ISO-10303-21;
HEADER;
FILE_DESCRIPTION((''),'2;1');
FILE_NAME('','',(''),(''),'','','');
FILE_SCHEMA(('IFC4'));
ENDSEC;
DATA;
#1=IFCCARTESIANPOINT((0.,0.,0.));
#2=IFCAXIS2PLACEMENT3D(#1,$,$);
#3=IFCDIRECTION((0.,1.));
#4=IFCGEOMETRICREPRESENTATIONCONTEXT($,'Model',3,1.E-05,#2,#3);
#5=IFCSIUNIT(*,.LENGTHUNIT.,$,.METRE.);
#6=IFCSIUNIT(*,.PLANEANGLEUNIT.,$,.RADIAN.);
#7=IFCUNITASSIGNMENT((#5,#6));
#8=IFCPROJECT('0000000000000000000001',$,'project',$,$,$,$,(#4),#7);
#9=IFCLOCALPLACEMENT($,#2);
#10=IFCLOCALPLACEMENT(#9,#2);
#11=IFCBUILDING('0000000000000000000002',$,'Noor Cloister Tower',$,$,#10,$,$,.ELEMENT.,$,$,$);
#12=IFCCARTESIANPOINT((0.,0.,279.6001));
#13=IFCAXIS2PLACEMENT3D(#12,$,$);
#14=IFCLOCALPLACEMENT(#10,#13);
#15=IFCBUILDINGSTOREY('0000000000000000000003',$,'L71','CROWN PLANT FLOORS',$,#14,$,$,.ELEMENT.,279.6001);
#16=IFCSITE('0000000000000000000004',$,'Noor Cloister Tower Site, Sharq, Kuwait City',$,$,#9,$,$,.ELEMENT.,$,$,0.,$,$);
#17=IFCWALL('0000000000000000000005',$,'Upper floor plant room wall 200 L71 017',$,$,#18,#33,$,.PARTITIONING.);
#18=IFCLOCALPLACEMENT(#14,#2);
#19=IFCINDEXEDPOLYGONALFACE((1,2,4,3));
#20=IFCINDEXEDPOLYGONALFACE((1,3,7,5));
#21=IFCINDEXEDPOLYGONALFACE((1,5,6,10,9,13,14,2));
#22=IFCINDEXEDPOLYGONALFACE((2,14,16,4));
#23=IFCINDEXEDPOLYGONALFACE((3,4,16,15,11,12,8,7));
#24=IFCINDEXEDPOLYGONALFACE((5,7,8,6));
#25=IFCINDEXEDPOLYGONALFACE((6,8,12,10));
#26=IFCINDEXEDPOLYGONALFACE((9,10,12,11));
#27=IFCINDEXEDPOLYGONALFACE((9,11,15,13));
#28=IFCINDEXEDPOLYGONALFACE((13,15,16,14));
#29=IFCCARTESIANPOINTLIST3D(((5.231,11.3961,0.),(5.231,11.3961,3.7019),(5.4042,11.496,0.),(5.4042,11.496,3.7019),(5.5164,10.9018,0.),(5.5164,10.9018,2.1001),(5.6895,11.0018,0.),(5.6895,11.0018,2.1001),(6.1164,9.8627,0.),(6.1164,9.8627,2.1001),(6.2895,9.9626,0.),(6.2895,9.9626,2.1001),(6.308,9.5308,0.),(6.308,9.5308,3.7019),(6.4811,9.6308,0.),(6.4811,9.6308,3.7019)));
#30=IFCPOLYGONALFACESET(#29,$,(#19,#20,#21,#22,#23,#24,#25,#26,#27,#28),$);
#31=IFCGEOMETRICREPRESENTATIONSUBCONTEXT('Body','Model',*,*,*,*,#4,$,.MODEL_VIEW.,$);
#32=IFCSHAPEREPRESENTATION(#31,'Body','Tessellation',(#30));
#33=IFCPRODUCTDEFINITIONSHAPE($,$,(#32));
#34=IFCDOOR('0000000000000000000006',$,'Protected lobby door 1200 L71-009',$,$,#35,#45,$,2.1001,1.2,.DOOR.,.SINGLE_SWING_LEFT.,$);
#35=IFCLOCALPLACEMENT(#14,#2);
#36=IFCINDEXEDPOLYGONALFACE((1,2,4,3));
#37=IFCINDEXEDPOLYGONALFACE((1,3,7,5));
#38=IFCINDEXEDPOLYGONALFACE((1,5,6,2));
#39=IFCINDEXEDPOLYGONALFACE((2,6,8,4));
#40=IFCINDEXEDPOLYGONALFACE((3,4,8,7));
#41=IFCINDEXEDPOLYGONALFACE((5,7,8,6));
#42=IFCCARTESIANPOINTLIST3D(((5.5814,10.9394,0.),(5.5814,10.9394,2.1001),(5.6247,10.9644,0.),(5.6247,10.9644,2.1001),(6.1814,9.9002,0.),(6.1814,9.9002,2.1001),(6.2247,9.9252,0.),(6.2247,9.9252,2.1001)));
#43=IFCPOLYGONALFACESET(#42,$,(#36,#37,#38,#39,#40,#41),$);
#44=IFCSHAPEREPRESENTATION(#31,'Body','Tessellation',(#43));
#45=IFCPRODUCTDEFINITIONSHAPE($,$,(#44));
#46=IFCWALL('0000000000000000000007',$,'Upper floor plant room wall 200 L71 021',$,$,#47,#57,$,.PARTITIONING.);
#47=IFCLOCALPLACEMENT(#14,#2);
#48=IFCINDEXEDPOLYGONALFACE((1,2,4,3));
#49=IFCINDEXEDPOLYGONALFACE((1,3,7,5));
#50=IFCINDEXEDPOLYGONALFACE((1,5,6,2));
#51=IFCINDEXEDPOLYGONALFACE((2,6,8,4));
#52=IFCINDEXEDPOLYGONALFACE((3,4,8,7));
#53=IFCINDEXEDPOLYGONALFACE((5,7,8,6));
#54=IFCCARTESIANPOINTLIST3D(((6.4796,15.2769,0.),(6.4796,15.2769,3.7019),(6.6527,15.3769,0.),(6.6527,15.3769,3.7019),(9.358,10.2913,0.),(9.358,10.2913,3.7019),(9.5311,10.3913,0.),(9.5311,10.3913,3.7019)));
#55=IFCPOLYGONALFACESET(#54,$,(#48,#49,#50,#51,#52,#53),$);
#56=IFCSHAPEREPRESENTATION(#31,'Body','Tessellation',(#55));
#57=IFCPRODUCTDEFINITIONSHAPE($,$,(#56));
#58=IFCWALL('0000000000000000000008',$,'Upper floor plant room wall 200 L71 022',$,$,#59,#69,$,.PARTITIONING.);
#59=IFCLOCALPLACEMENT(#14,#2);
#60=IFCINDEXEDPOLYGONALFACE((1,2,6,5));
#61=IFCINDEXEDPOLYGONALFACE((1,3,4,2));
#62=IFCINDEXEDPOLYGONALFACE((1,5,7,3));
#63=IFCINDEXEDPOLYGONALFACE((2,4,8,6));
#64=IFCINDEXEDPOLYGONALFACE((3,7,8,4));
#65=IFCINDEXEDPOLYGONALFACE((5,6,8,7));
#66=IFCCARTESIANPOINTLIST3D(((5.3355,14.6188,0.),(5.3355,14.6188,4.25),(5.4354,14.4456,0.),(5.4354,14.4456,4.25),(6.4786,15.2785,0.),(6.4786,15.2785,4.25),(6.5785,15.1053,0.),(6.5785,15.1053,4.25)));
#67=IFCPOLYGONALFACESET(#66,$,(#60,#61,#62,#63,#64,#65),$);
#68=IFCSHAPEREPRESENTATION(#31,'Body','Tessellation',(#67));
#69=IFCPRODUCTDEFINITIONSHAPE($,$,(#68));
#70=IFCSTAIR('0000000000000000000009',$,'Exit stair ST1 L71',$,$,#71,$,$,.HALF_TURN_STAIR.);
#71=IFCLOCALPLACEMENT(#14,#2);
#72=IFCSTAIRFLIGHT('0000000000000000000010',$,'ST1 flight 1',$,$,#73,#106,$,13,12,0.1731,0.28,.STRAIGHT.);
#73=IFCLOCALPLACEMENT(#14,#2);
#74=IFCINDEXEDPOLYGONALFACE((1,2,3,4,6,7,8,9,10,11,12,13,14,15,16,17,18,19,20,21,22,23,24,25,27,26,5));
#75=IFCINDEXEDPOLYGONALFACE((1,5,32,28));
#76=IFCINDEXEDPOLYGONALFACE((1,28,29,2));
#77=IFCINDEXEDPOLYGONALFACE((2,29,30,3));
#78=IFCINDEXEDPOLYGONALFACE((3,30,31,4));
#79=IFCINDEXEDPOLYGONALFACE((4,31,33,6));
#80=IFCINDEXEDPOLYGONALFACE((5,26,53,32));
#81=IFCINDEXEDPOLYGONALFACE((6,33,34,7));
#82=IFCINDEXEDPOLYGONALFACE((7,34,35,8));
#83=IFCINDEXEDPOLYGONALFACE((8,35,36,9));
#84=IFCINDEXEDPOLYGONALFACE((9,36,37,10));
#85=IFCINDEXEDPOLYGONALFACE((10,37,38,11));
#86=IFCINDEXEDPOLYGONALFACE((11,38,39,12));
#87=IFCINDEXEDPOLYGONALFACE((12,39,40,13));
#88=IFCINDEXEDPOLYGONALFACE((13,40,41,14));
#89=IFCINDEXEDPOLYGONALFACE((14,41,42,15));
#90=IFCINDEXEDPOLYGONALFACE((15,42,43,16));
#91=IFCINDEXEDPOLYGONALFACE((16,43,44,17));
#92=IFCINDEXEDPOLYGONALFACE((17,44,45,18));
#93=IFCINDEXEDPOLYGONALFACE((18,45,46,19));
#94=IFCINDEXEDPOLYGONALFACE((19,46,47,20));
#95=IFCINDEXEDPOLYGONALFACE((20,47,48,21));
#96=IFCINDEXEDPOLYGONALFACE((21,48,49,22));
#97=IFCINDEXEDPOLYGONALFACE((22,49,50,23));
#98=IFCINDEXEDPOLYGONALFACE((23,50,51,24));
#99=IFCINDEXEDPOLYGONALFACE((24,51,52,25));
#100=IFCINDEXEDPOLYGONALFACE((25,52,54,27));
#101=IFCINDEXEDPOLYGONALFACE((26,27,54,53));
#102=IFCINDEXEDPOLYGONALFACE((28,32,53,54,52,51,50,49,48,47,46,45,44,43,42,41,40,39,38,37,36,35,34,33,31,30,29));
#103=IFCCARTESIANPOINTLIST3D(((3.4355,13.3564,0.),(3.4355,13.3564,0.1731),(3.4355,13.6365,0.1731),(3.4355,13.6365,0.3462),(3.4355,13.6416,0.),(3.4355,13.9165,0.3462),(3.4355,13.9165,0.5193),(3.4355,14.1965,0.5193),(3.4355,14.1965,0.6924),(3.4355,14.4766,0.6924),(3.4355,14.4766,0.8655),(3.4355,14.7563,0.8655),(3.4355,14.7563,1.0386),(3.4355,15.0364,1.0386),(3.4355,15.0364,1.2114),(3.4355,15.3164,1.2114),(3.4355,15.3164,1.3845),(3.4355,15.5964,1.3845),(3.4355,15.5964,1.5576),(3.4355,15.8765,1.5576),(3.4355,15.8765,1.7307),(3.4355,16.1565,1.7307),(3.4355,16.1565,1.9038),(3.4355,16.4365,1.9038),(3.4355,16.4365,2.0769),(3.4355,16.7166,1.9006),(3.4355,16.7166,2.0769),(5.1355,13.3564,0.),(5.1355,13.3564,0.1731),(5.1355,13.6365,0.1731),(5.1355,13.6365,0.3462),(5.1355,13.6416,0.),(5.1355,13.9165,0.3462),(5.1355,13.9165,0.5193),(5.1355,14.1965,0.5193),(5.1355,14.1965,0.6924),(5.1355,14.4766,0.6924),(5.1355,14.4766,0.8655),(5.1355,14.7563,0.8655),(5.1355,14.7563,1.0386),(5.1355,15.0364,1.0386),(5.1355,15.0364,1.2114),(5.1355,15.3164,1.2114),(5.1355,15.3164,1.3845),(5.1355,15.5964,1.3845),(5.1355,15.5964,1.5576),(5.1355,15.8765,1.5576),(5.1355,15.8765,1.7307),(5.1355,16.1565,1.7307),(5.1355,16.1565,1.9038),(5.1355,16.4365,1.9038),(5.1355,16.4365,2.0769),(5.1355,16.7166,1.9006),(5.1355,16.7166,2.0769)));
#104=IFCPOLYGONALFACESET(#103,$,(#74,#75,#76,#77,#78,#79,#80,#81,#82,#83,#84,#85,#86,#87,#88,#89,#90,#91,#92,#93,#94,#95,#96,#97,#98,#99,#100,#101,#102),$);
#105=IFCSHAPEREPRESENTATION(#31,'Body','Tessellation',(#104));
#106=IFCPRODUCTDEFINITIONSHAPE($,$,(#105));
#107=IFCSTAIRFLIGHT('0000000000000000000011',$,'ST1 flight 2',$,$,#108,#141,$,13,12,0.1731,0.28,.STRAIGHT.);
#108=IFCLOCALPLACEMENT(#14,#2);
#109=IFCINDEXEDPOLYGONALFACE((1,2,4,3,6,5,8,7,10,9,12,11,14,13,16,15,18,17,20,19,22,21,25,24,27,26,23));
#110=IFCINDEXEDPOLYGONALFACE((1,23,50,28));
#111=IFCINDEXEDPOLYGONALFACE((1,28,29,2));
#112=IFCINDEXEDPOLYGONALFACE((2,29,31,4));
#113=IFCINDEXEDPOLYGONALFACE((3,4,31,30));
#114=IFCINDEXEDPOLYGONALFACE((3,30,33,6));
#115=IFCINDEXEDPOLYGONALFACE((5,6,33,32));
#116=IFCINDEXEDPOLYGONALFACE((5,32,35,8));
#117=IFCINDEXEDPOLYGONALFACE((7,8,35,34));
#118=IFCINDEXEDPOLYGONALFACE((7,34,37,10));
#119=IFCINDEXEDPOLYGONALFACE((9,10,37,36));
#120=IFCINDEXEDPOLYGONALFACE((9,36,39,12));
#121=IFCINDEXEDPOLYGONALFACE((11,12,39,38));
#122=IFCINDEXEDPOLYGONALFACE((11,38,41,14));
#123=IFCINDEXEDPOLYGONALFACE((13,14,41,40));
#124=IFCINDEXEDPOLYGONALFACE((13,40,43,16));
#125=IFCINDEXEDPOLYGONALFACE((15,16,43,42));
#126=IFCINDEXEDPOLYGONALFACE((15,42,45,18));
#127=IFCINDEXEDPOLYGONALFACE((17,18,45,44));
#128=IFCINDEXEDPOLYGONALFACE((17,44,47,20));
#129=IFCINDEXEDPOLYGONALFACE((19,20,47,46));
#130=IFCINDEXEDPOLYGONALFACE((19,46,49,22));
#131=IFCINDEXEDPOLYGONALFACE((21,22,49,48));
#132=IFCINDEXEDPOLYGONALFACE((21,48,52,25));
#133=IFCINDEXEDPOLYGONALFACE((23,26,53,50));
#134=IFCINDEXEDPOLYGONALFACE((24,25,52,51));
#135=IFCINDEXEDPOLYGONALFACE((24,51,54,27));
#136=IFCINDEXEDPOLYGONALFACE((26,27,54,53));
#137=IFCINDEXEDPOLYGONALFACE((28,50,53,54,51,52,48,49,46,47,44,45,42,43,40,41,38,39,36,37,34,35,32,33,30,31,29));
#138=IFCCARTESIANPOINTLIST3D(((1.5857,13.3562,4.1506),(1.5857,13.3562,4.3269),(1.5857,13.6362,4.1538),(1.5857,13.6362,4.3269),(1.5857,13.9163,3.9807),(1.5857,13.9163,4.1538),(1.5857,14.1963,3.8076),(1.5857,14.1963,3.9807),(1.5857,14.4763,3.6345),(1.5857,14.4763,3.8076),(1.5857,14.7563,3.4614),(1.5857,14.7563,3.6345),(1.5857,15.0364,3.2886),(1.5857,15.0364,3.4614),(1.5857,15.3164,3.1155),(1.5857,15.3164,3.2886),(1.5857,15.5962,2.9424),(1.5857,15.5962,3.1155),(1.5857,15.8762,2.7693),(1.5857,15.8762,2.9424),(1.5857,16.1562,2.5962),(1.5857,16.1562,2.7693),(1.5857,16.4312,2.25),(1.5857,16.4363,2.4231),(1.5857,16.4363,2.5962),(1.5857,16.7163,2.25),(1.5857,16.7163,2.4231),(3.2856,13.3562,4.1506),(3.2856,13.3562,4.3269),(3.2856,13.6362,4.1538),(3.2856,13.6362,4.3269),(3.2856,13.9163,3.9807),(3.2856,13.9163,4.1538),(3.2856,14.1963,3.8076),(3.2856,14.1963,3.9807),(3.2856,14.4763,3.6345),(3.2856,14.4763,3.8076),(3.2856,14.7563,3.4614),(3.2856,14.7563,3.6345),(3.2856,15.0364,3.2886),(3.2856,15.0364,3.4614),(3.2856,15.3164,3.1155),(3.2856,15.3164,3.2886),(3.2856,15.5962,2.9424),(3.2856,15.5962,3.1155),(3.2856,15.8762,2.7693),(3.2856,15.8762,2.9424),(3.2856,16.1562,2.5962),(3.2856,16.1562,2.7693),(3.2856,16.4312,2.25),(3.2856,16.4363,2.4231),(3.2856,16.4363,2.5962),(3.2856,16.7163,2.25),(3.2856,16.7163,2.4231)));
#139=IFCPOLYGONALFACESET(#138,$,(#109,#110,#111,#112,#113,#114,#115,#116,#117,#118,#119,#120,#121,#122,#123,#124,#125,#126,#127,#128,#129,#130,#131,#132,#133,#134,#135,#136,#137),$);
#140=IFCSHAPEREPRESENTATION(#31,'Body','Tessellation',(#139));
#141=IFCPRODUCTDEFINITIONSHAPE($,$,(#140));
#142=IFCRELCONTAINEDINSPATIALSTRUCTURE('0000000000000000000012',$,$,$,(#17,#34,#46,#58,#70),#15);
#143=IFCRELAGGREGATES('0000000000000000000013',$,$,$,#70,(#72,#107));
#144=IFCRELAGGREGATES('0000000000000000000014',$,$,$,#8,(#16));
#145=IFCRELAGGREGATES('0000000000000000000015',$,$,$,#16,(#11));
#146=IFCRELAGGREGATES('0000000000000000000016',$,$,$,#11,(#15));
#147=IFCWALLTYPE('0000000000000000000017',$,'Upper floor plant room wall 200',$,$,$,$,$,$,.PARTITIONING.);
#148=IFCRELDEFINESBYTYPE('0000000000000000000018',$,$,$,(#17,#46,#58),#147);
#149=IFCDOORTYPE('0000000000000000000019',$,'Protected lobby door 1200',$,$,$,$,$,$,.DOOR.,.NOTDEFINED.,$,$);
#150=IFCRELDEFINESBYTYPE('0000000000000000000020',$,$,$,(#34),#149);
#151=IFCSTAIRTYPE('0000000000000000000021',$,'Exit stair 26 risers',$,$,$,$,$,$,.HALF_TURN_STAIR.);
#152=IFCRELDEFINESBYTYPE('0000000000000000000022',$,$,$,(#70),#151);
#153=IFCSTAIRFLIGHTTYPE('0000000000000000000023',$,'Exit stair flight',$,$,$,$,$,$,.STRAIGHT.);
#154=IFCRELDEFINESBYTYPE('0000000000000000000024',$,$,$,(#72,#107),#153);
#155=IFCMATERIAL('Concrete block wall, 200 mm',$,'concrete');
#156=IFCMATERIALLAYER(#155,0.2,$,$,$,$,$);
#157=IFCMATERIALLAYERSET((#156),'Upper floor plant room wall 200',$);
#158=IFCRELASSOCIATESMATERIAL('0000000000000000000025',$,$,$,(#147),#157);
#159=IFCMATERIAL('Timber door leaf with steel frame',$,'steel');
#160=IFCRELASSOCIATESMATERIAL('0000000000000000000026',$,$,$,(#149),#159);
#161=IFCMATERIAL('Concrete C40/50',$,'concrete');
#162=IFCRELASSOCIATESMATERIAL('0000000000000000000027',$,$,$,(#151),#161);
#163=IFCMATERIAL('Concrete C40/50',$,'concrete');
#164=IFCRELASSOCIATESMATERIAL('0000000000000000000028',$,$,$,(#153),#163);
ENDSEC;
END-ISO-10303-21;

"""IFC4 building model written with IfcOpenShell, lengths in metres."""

from ifc_helpers import new_model, si_unit, direction, frame, frame_2d, origin, place, context, subcontext, project, spatial, polyline, rectangle, outline, extrude, material, layer, layer_set, type_object, element, fill, aggregate, save


model = new_model("IFC4")

# Units and contexts
model_context = context("Model", 3, precision=1e-05, world=origin(), true_north=direction((0.0, 1.0)))
body_context = subcontext(model_context, "Body", "Model", "MODEL_VIEW")
ifc_project = project(units=[si_unit("LENGTHUNIT", "METRE"), si_unit("PLANEANGLEUNIT", "RADIAN")], contexts=[model_context])

# Site, building, storey
site_placement = place(None, origin())
site = spatial("IfcSite", under=ifc_project, at=site_placement, Name="Noor Cloister Tower Site, Sharq, Kuwait City", CompositionType="ELEMENT", RefElevation=0.0)
building_placement = place(site_placement, origin())
building = spatial("IfcBuilding", under=site, at=building_placement, Name="Noor Cloister Tower", CompositionType="ELEMENT")
storey_placement = place(building_placement, frame((0.0, 0.0, 279.6001)))
storey = spatial("IfcBuildingStorey", under=building, at=storey_placement, Name="L71", Description="CROWN PLANT FLOORS", CompositionType="ELEMENT", Elevation=279.6001)

# Shared definitions
ifc_material_1 = material(Name="Concrete block wall, 200 mm", Category="concrete")
ifc_layer_1 = layer(ifc_material_1, 0.2)
ifc_layer_set_1 = layer_set([ifc_layer_1], Name="Upper floor plant room wall 200")
wall_type_1 = type_object("IfcWallType", Name="Upper floor plant room wall 200", PredefinedType="PARTITIONING", material=ifc_layer_set_1)

# Wall, opening, door
wall_1_placement = place(storey_placement, frame((6.3945, 9.5808, 0.0), z_axis=(0.0, 0.0, 1.0), x_axis=(-0.500004, 0.866023, 0.0)))
wall_1 = element("IfcWall", 1, at=wall_1_placement, inside=storey, type_object=wall_type_1, Name="Upper floor plant room wall 200 L71 017", PredefinedType="PARTITIONING", context=body_context, shape_type="SweptSolid", body=[
    extrude(rectangle(XDim=2.1538, YDim=0.2, at=frame_2d((1.0769, 0.0))), origin(), (0.0, 0.0, 1.0), 3.7019),
])
opening_1_placement = place(wall_1_placement, frame((0.3831, 0.0, 0.0)))
opening_1 = element("IfcOpeningElement", 2, at=opening_1_placement, cuts=wall_1, PredefinedType="OPENING", context=body_context, shape_type="SweptSolid", body=[
    extrude(rectangle(XDim=1.2, YDim=2.1001, at=frame_2d((0.6001, 1.05))), frame((0.0, 0.1099, 0.0), z_axis=(0.0, -1.0, 0.0), x_axis=(1.0, 0.0, 0.0)), (0.0, 0.0, 1.0), 0.22),
])
ifc_material_2 = material(Name="Timber door leaf with steel frame", Category="steel")
door_type_1 = type_object("IfcDoorType", Name="Protected lobby door 1200", OperationType="NOTDEFINED", PredefinedType="DOOR", material=ifc_material_2)
door_1_placement = place(opening_1_placement, origin())
door_1 = element("IfcDoor", 3, at=door_1_placement, inside=storey, type_object=door_type_1, Name="Protected lobby door 1200 L71-009", OperationType="SINGLE_SWING_LEFT", OverallHeight=2.1001, OverallWidth=1.2, PredefinedType="DOOR", context=body_context, shape_type="SweptSolid", body=[
    extrude(rectangle(XDim=1.2, YDim=2.1001, at=frame_2d((0.6001, 1.05))), frame((0.0, 0.0249, 0.0), z_axis=(0.0, -1.0, 0.0), x_axis=(1.0, 0.0, 0.0)), (0.0, 0.0, 1.0), 0.05),
])
fill(opening_1, door_1)

# Walls
wall_2_placement = place(storey_placement, frame((6.5662, 15.3269, 0.0), z_axis=(0.0, 0.0, 1.0), x_axis=(0.499998, -0.866027, 0.0)))
element("IfcWall", 4, at=wall_2_placement, inside=storey, type_object=wall_type_1, Name="Upper floor plant room wall 200 L71 021", PredefinedType="PARTITIONING", context=body_context, shape_type="SweptSolid", body=[
    extrude(rectangle(XDim=5.7568, YDim=0.2, at=frame_2d((2.8784, 0.0))), origin(), (0.0, 0.0, 1.0), 3.7019),
])
wall_3_placement = place(storey_placement, frame((6.5286, 15.1919, 0.0), z_axis=(0.0, 0.0, 1.0), x_axis=(-0.866118, -0.49984, 0.0)))
element("IfcWall", 5, at=wall_3_placement, inside=storey, type_object=wall_type_1, Name="Upper floor plant room wall 200 L71 022", PredefinedType="PARTITIONING", context=body_context, shape_type="SweptSolid", body=[
    extrude(rectangle(XDim=1.3198, YDim=0.2, at=frame_2d((0.6599, 0.0))), origin(), (0.0, 0.0, 1.0), 4.25),
])

# Stair, stair flights
ifc_material_3 = material(Name="Concrete C40/50", Category="concrete")
stair_type = type_object("IfcStairType", Name="Exit stair 26 risers", PredefinedType="HALF_TURN_STAIR", material=ifc_material_3)
stair_placement = place(storey_placement, origin())
stair = element("IfcStair", 6, at=stair_placement, inside=storey, type_object=stair_type, Name="Exit stair ST1 L71", PredefinedType="HALF_TURN_STAIR")
ifc_material_4 = material(Name="Concrete C40/50", Category="concrete")
stair_flight_type = type_object("IfcStairFlightType", Name="Exit stair flight", PredefinedType="STRAIGHT", material=ifc_material_4)
stair_flight_1_placement = place(storey_placement, frame((4.2856, 13.3564, 0.0), z_axis=(0.0, 0.0, 1.0), x_axis=(0.0, 1.0, 0.0)))
stair_flight_1 = element("IfcStairFlight", 7, at=stair_flight_1_placement, type_object=stair_flight_type, Name="ST1 flight 1", NumberOfRisers=13, NumberOfTreads=12, PredefinedType="STRAIGHT", RiserHeight=0.1731, TreadLength=0.28, context=body_context, shape_type="SweptSolid", body=[
    extrude(outline(polyline([(0.0, 0.0), (0.0, 0.1731), (0.28, 0.1731), (0.28, 0.3462), (0.5601, 0.3462), (0.5601, 0.5193), (0.8401, 0.5193), (0.8401, 0.6924), (1.1201, 0.6924), (1.1201, 0.8655), (1.3999, 0.8655), (1.3999, 1.0386), (1.6799, 1.0386), (1.6799, 1.2114), (1.96, 1.2114), (1.96, 1.3845), (2.24, 1.3845), (2.24, 1.5576), (2.52, 1.5576), (2.52, 1.7307), (2.8, 1.7307), (2.8, 1.9038), (3.0801, 1.9038), (3.0801, 2.0769), (3.3601, 2.0769), (3.3601, 2.25), (3.3601, 1.9006), (0.2852, 0.0), (0.0, 0.0)])), frame((0.0, 0.8501, 0.0), z_axis=(0.0, -1.0, 0.0), x_axis=(1.0, 0.0, 0.0)), (0.0, 0.0, 1.0), 1.7),
])
stair_flight_2_placement = place(storey_placement, frame((2.4355, 16.7163, 2.25), z_axis=(0.0, 0.0, 1.0), x_axis=(0.0, -1.0, 0.0)))
stair_flight_2 = element("IfcStairFlight", 8, at=stair_flight_2_placement, type_object=stair_flight_type, Name="ST1 flight 2", NumberOfRisers=13, NumberOfTreads=12, PredefinedType="STRAIGHT", RiserHeight=0.1731, TreadLength=0.28, context=body_context, shape_type="SweptSolid", body=[
    extrude(outline(polyline([(0.0, 0.0), (0.0, 0.1731), (0.28, 0.1731), (0.28, 0.3462), (0.5601, 0.3462), (0.5601, 0.5193), (0.8401, 0.5193), (0.8401, 0.6924), (1.1201, 0.6924), (1.1201, 0.8655), (1.3999, 0.8655), (1.3999, 1.0386), (1.6799, 1.0386), (1.6799, 1.2114), (1.96, 1.2114), (1.96, 1.3845), (2.24, 1.3845), (2.24, 1.5576), (2.52, 1.5576), (2.52, 1.7307), (2.8, 1.7307), (2.8, 1.9038), (3.0801, 1.9038), (3.0801, 2.0769), (3.3601, 2.0769), (3.3601, 2.25), (3.3601, 1.9006), (0.2852, 0.0), (0.0, 0.0)])), frame((0.0, 0.8501, 0.0), z_axis=(0.0, -1.0, 0.0), x_axis=(1.0, 0.0, 0.0)), (0.0, 0.0, 1.0), 1.7),
])
aggregate(stair, [stair_flight_1, stair_flight_2])

save(model, "model.ifc")
